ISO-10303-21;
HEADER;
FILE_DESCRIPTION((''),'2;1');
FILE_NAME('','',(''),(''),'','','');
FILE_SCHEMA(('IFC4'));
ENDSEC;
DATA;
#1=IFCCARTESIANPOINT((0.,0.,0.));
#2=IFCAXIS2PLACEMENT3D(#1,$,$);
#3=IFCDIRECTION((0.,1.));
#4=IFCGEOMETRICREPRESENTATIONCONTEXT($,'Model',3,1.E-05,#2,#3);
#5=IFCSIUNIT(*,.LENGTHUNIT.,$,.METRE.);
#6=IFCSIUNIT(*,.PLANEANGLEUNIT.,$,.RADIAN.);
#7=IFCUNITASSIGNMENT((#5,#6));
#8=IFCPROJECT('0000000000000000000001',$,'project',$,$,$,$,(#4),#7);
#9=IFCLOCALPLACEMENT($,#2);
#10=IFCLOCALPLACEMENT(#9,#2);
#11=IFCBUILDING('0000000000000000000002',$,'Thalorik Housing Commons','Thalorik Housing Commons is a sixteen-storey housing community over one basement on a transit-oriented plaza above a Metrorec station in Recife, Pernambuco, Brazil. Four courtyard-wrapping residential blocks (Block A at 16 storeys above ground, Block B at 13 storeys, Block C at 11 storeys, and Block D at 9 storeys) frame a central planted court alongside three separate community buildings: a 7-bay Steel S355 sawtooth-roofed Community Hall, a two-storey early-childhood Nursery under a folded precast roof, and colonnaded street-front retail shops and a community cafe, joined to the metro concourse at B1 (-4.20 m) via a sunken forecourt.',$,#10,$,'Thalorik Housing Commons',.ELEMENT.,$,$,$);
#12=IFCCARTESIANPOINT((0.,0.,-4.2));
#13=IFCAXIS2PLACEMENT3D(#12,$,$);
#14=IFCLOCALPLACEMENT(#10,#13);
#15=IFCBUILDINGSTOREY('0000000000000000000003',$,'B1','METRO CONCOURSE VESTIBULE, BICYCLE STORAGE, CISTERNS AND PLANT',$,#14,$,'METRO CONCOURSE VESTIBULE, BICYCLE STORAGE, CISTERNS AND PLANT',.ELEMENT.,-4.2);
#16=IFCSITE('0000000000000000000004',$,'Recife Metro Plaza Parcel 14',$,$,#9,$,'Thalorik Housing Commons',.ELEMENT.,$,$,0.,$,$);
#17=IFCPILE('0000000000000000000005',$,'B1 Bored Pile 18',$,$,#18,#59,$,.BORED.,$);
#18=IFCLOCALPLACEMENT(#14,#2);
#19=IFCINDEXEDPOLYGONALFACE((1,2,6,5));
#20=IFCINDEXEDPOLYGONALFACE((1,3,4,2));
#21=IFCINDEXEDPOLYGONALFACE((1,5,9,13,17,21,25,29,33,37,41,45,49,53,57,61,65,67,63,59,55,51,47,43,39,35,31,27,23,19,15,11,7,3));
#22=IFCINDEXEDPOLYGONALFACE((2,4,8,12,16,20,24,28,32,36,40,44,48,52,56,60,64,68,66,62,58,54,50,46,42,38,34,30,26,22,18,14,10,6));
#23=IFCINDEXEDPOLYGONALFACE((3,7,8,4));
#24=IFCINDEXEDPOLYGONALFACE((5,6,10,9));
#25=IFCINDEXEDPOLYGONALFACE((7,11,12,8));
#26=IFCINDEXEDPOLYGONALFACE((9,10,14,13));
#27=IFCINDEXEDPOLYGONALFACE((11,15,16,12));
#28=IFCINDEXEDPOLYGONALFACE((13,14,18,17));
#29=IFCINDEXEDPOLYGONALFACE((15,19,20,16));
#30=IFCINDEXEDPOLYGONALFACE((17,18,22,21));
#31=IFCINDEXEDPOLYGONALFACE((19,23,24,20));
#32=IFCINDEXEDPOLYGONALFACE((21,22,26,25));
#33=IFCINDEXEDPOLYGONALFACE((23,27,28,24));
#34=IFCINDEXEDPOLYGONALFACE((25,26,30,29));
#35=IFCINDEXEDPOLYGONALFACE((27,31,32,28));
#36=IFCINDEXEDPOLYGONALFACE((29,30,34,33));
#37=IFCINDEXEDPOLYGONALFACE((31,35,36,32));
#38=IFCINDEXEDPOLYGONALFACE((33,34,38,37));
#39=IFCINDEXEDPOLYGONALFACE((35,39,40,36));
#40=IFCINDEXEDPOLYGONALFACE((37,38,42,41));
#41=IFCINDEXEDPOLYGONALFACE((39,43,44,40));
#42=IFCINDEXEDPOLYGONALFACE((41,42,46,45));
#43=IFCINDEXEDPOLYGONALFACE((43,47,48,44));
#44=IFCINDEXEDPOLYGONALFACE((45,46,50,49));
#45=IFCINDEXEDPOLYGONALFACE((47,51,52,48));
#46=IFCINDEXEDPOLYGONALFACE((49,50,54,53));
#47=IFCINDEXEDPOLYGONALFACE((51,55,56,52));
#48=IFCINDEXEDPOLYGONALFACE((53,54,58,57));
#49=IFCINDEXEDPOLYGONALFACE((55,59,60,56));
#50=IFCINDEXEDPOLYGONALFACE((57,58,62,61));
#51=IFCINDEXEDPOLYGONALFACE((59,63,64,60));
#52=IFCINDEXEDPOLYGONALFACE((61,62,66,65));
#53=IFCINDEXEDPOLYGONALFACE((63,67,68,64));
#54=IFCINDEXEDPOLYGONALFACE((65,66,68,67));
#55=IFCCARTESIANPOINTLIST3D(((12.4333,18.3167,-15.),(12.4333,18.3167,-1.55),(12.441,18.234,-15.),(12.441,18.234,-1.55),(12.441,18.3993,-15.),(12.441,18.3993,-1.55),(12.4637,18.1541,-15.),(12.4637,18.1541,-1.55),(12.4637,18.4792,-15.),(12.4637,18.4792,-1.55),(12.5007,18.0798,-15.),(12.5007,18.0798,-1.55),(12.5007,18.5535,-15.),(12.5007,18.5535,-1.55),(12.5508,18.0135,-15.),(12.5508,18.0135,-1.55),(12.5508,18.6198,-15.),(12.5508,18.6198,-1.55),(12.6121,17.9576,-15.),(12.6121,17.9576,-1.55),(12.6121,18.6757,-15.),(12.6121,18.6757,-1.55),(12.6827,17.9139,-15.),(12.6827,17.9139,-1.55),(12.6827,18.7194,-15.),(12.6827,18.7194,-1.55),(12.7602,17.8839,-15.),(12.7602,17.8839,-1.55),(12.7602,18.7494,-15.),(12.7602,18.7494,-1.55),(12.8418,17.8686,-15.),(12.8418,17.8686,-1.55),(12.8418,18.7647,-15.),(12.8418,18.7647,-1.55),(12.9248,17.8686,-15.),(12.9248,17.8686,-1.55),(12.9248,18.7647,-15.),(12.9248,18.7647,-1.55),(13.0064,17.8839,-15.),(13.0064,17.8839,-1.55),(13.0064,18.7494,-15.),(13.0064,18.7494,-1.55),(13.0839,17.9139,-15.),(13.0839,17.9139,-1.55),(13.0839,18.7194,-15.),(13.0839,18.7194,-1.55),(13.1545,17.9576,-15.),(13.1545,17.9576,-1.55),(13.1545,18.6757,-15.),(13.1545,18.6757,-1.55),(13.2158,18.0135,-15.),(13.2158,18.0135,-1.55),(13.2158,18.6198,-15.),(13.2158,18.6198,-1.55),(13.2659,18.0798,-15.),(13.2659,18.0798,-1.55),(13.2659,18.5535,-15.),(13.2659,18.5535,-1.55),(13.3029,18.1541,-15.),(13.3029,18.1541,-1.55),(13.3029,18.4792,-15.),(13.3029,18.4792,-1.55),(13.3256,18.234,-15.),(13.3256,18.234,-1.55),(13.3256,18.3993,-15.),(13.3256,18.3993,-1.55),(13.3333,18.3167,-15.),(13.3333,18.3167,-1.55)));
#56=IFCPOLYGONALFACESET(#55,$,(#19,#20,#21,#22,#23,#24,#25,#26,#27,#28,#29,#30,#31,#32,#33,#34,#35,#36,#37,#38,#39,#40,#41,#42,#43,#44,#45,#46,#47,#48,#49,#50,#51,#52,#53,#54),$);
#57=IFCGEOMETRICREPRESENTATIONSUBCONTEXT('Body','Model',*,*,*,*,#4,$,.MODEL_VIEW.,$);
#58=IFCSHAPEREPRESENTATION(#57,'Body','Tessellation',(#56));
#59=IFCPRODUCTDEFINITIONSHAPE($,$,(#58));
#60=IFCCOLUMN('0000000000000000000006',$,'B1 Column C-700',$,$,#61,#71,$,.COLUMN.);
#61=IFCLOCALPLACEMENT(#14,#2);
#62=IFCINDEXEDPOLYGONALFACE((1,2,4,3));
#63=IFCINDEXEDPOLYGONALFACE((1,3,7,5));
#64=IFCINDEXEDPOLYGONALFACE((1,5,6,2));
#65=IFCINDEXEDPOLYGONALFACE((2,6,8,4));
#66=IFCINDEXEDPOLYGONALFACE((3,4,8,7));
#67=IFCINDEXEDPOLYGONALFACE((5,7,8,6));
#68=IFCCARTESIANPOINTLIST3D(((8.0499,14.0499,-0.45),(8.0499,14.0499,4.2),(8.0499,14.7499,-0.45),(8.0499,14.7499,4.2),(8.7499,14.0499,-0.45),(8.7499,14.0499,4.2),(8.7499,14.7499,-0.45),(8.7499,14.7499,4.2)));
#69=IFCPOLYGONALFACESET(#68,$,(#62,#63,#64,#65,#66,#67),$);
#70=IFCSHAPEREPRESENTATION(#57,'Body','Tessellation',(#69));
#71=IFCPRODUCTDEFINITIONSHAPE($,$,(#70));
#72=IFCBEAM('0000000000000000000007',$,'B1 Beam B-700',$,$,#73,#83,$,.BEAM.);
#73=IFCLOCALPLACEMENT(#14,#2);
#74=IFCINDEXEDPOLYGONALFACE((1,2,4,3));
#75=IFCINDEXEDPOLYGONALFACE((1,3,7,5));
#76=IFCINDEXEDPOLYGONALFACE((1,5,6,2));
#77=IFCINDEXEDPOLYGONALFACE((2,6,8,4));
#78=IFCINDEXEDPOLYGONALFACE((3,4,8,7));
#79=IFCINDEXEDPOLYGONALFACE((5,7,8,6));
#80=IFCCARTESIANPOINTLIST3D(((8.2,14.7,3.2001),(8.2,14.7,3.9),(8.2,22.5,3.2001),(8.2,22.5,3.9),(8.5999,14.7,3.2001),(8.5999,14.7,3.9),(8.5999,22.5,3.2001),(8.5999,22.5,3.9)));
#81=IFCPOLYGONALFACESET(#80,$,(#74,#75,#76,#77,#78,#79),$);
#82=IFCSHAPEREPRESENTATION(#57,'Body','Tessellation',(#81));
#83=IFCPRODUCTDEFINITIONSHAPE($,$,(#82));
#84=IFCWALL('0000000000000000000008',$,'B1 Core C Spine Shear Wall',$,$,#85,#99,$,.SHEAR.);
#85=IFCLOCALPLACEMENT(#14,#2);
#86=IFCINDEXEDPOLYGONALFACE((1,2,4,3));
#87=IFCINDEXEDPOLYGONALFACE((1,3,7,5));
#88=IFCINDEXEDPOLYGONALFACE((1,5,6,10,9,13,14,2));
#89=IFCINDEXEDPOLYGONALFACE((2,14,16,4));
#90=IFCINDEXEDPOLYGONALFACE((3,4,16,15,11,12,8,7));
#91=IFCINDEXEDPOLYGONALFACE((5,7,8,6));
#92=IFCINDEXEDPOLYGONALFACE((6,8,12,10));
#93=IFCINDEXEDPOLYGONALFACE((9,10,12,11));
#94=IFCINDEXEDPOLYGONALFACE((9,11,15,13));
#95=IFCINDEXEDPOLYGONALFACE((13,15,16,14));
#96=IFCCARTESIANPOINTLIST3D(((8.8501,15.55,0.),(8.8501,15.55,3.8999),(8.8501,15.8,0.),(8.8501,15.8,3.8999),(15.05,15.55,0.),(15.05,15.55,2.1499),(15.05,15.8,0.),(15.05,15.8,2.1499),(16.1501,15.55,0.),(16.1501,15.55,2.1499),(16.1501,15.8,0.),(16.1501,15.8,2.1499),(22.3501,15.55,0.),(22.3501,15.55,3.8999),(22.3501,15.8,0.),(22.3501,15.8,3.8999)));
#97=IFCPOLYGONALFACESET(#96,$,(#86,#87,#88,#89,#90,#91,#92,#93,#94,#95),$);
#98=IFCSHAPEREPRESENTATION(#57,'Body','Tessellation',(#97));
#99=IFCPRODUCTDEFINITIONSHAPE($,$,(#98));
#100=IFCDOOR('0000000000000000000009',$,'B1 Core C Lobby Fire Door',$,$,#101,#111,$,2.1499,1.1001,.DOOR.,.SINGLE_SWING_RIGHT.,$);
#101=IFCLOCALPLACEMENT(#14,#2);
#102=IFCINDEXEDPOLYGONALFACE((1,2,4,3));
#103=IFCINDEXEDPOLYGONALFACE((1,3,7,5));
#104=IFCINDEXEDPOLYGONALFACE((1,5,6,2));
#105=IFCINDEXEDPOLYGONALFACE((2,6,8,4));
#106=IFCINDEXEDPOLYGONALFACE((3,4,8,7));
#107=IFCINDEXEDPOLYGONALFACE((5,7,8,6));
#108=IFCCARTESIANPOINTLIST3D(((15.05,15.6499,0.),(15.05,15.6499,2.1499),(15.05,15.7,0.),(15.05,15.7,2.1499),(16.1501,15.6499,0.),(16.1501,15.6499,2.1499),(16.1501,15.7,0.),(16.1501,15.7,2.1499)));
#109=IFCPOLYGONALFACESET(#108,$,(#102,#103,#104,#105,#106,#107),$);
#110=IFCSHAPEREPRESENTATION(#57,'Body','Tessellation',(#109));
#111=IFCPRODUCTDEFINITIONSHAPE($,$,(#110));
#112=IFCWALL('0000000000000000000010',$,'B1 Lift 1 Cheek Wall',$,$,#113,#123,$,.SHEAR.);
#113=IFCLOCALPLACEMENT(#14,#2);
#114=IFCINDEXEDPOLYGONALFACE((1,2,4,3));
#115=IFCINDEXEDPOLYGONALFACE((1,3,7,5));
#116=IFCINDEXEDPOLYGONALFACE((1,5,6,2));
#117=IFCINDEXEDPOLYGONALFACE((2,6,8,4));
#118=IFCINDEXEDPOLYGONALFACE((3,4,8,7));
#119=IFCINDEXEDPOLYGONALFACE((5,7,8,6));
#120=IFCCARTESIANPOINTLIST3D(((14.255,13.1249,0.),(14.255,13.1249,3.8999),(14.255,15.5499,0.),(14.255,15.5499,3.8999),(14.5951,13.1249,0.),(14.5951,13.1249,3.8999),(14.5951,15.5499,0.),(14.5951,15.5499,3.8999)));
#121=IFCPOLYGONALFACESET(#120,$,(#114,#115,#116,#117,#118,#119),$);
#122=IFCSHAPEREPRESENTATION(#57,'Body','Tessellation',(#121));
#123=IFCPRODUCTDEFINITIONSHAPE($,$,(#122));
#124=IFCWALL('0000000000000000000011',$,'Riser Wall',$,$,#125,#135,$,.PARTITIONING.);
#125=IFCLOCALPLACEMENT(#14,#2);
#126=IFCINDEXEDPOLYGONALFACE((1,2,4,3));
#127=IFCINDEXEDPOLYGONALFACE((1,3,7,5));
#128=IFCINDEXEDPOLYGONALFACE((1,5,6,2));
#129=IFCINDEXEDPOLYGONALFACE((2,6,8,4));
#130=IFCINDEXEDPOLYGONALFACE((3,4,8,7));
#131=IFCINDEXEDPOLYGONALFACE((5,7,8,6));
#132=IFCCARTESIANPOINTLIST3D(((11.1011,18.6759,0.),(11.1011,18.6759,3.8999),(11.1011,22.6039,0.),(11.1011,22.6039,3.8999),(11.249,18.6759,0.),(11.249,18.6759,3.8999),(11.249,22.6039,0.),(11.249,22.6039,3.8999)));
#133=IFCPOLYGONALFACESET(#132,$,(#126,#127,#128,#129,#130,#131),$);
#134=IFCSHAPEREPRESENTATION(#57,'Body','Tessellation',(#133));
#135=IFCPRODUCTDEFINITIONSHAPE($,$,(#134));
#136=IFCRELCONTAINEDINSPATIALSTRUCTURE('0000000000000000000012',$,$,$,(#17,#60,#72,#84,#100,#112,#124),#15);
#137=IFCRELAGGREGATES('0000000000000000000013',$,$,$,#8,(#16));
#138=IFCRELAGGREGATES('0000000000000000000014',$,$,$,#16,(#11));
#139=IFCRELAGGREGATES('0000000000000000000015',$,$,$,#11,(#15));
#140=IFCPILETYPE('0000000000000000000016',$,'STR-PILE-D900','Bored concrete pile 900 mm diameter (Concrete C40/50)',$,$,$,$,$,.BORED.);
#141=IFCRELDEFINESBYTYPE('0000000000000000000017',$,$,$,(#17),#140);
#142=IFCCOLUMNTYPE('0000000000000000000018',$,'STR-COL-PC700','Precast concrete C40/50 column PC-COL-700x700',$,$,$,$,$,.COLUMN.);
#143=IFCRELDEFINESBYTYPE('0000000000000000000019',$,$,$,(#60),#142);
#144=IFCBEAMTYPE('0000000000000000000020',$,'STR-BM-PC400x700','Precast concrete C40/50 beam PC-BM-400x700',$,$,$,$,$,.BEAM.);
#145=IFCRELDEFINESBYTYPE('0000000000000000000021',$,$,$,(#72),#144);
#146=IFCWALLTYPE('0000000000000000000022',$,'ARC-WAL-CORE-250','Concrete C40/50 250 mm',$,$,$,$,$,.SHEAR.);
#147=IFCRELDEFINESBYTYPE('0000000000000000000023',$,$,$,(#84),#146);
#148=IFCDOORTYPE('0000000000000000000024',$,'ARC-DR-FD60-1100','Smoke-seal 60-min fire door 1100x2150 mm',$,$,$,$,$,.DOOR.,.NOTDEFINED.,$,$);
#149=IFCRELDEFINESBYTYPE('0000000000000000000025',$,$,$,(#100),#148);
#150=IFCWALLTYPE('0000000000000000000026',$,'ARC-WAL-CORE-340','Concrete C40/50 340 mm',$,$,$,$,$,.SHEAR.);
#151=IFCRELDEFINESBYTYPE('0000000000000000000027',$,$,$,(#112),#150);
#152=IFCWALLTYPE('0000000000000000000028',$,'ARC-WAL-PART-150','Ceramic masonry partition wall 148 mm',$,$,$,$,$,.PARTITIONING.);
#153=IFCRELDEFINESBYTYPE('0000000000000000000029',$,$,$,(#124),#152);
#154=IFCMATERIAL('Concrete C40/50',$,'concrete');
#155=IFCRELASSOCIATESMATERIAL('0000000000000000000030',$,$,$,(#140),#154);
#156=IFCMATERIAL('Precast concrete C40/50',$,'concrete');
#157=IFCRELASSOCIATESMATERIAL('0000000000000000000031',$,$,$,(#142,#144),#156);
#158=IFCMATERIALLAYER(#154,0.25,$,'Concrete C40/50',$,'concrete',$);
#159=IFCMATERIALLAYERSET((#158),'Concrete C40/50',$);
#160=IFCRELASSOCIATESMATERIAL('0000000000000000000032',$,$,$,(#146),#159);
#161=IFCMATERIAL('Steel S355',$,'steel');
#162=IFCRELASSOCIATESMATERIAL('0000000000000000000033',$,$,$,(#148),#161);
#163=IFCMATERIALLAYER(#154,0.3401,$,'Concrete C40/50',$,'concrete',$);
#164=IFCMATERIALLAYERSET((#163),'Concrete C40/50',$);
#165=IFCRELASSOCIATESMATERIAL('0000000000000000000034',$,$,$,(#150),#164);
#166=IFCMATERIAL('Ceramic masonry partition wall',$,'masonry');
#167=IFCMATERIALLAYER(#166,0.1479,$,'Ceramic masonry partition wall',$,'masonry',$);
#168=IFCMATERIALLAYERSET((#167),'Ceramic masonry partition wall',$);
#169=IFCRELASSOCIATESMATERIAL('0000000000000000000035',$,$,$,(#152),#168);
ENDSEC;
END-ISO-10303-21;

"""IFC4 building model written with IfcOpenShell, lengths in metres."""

from ifc_helpers import new_model, si_unit, direction, frame, frame_2d, origin, origin_2d, place, context, subcontext, project, spatial, rectangle, circle, extrude, material, layer, layer_set, material_profile, profile_set, type_object, element, fill, save


model = new_model("IFC4")

# Units and contexts
model_context = context("Model", 3, precision=1e-05, world=origin(), true_north=direction((0.0, 1.0)))
body_context = subcontext(model_context, "Body", "Model", "MODEL_VIEW")
ifc_project = project(units=[si_unit("LENGTHUNIT", "METRE"), si_unit("PLANEANGLEUNIT", "RADIAN")], contexts=[model_context])

# Site, building, storey
site_placement = place(None, origin())
site = spatial("IfcSite", under=ifc_project, at=site_placement, Name="Recife Metro Plaza Parcel 14", LongName="Thalorik Housing Commons", CompositionType="ELEMENT", RefElevation=0.0)
building_placement = place(site_placement, origin())
building = spatial("IfcBuilding", under=site, at=building_placement, Name="Thalorik Housing Commons", Description="Thalorik Housing Commons is a sixteen-storey housing community over one basement on a transit-oriented plaza above a Metrorec station in Recife, Pernambuco, Brazil. Four courtyard-wrapping residential blocks (Block A at 16 storeys above ground, Block B at 13 storeys, Block C at 11 storeys, and Block D at 9 storeys) frame a central planted court alongside three separate community buildings: a 7-bay Steel S355 sawtooth-roofed Community Hall, a two-storey early-childhood Nursery under a folded precast roof, and colonnaded street-front retail shops and a community cafe, joined to the metro concourse at B1 (-4.20 m) via a sunken forecourt.", LongName="Thalorik Housing Commons", CompositionType="ELEMENT")
storey_placement = place(building_placement, frame((0.0, 0.0, -4.2)))
storey = spatial("IfcBuildingStorey", under=building, at=storey_placement, Name="B1", Description="METRO CONCOURSE VESTIBULE, BICYCLE STORAGE, CISTERNS AND PLANT", LongName="METRO CONCOURSE VESTIBULE, BICYCLE STORAGE, CISTERNS AND PLANT", CompositionType="ELEMENT", Elevation=-4.2)

# Pile
ifc_material_1 = material(Name="Concrete C40/50", Category="concrete")
ifc_material_profile_1 = material_profile(ifc_material_1, circle(Radius=0.45, at=origin_2d()), Name="BORED PILE D900", Category="concrete")
ifc_profile_set_1 = profile_set([ifc_material_profile_1], Name="Concrete C40/50")
pile_type = type_object("IfcPileType", Name="STR-PILE-D900", Description="Bored concrete pile 900 mm diameter (Concrete C40/50)", PredefinedType="BORED", material=ifc_profile_set_1)
for number, where, z_axis, x_axis, name in (
    (1, (12.8833, 18.3167, -1.55), (0.0, 0.0, -1.0), (1.0, 0.0, 0.0), "B1 Bored Pile 18"),
):
    element("IfcPile", number, at=place(storey_placement, frame(where, z_axis=z_axis, x_axis=x_axis)), inside=storey, type_object=pile_type, Name=name, PredefinedType="BORED", context=body_context, shape_type="SweptSolid", body=[
        extrude(circle(Radius=0.45, at=origin_2d()), origin(), (0.0, 0.0, 1.0), 13.45),
    ])

# Column
ifc_material_2 = material(Name="Precast concrete C40/50", Category="concrete")
ifc_material_profile_2 = material_profile(ifc_material_2, rectangle(XDim=0.7, YDim=0.7, at=origin_2d()), Name="PC 700x700", Category="concrete")
ifc_profile_set_2 = profile_set([ifc_material_profile_2], Name="Precast concrete C40/50")
column_type = type_object("IfcColumnType", Name="STR-COL-PC700", Description="Precast concrete C40/50 column PC-COL-700x700", PredefinedType="COLUMN", material=ifc_profile_set_2)
column_placement = place(storey_placement, frame((8.3999, 14.3999, -0.45), z_axis=(0.0, 0.0, 1.0), x_axis=(1.0, 0.0, 0.0)))
element("IfcColumn", 2, at=column_placement, inside=storey, type_object=column_type, Name="B1 Column C-700", PredefinedType="COLUMN", context=body_context, shape_type="SweptSolid", body=[
    extrude(rectangle(XDim=0.7, YDim=0.7, at=origin_2d()), origin(), (0.0, 0.0, 1.0), 4.6499),
])

# Beam
ifc_material_profile_3 = material_profile(ifc_material_2, rectangle(XDim=0.3999, YDim=0.7, at=origin_2d()), Name="PC 400x700", Category="concrete")
ifc_profile_set_3 = profile_set([ifc_material_profile_3], Name="Precast concrete C40/50")
beam_type = type_object("IfcBeamType", Name="STR-BM-PC400x700", Description="Precast concrete C40/50 beam PC-BM-400x700", PredefinedType="BEAM", material=ifc_profile_set_3)
beam_placement = place(storey_placement, frame((8.3999, 14.7, 3.55), z_axis=(0.0, 1.0, 0.0), x_axis=(-1.0, 0.0, 0.0)))
element("IfcBeam", 3, at=beam_placement, inside=storey, type_object=beam_type, Name="B1 Beam B-700", PredefinedType="BEAM", context=body_context, shape_type="SweptSolid", body=[
    extrude(rectangle(XDim=0.3999, YDim=0.7, at=origin_2d()), origin(), (0.0, 0.0, 1.0), 7.8),
])

# Wall, opening, door
ifc_layer_1 = layer(ifc_material_1, 0.25, Name="Concrete C40/50", Category="concrete")
ifc_layer_set_1 = layer_set([ifc_layer_1], Name="Concrete C40/50")
wall_type_1 = type_object("IfcWallType", Name="ARC-WAL-CORE-250", Description="Concrete C40/50 250 mm", PredefinedType="SHEAR", material=ifc_layer_set_1)
ifc_material_3 = material(Name="Steel S355", Category="steel")
wall_1_placement = place(storey_placement, frame((8.8501, 15.675, 0.0), z_axis=(0.0, 0.0, 1.0), x_axis=(1.0, 0.0, 0.0)))
wall_1 = element("IfcWall", 4, at=wall_1_placement, inside=storey, type_object=wall_type_1, Name="B1 Core C Spine Shear Wall", PredefinedType="SHEAR", context=body_context, shape_type="SweptSolid", body=[
    extrude(rectangle(XDim=13.5, YDim=0.25, at=frame_2d((6.75, 0.0))), origin(), (0.0, 0.0, 1.0), 3.8999),
])
opening_1_placement = place(wall_1_placement, frame((6.2, 0.0, 0.0)))
opening_1 = element("IfcOpeningElement", 5, at=opening_1_placement, cuts=wall_1, PredefinedType="OPENING", context=body_context, shape_type="SweptSolid", body=[
    extrude(rectangle(XDim=1.1001, YDim=2.1499, at=frame_2d((0.55, 1.075))), frame((0.0, 0.135, 0.0), z_axis=(0.0, -1.0, 0.0), x_axis=(1.0, 0.0, 0.0)), (0.0, 0.0, 1.0), 0.27),
])
door_type_1 = type_object("IfcDoorType", Name="ARC-DR-FD60-1100", Description="Smoke-seal 60-min fire door 1100x2150 mm", OperationType="NOTDEFINED", PredefinedType="DOOR", material=ifc_material_3)
door_1_placement = place(opening_1_placement, origin())
door_1 = element("IfcDoor", 6, at=door_1_placement, inside=storey, type_object=door_type_1, Name="B1 Core C Lobby Fire Door", OperationType="SINGLE_SWING_RIGHT", OverallHeight=2.1499, OverallWidth=1.1001, PredefinedType="DOOR", context=body_context, shape_type="SweptSolid", body=[
    extrude(rectangle(XDim=1.1001, YDim=2.1499, at=frame_2d((0.55, 1.075))), frame((0.0, 0.0249, 0.0), z_axis=(0.0, -1.0, 0.0), x_axis=(1.0, 0.0, 0.0)), (0.0, 0.0, 1.0), 0.05),
])
fill(opening_1, door_1)

# Walls
ifc_layer_2 = layer(ifc_material_1, 0.3401, Name="Concrete C40/50", Category="concrete")
ifc_layer_set_2 = layer_set([ifc_layer_2], Name="Concrete C40/50")
wall_type_2 = type_object("IfcWallType", Name="ARC-WAL-CORE-340", Description="Concrete C40/50 340 mm", PredefinedType="SHEAR", material=ifc_layer_set_2)
wall_2_placement = place(storey_placement, frame((14.425, 13.125, 0.0), z_axis=(0.0, 0.0, 1.0), x_axis=(0.0, 1.0, 0.0)))
element("IfcWall", 7, at=wall_2_placement, inside=storey, type_object=wall_type_2, Name="B1 Lift 1 Cheek Wall", PredefinedType="SHEAR", context=body_context, shape_type="SweptSolid", body=[
    extrude(rectangle(XDim=2.425, YDim=0.3401, at=frame_2d((1.2124, 0.0))), origin(), (0.0, 0.0, 1.0), 3.8999),
])
ifc_material_4 = material(Name="Ceramic masonry partition wall", Category="masonry")
ifc_layer_3 = layer(ifc_material_4, 0.1479, Name="Ceramic masonry partition wall", Category="masonry")
ifc_layer_set_3 = layer_set([ifc_layer_3], Name="Ceramic masonry partition wall")
wall_type_3 = type_object("IfcWallType", Name="ARC-WAL-PART-150", Description="Ceramic masonry partition wall 148 mm", PredefinedType="PARTITIONING", material=ifc_layer_set_3)
wall_3_placement = place(storey_placement, frame((11.175, 18.676, 0.0), z_axis=(0.0, 0.0, 1.0), x_axis=(0.0, 1.0, 0.0)))
element("IfcWall", 8, at=wall_3_placement, inside=storey, type_object=wall_type_3, Name="Riser Wall", PredefinedType="PARTITIONING", context=body_context, shape_type="SweptSolid", body=[
    extrude(rectangle(XDim=3.928, YDim=0.1479, at=frame_2d((1.9639, 0.0))), origin(), (0.0, 0.0, 1.0), 3.8999),
])

save(model, "model.ifc")
